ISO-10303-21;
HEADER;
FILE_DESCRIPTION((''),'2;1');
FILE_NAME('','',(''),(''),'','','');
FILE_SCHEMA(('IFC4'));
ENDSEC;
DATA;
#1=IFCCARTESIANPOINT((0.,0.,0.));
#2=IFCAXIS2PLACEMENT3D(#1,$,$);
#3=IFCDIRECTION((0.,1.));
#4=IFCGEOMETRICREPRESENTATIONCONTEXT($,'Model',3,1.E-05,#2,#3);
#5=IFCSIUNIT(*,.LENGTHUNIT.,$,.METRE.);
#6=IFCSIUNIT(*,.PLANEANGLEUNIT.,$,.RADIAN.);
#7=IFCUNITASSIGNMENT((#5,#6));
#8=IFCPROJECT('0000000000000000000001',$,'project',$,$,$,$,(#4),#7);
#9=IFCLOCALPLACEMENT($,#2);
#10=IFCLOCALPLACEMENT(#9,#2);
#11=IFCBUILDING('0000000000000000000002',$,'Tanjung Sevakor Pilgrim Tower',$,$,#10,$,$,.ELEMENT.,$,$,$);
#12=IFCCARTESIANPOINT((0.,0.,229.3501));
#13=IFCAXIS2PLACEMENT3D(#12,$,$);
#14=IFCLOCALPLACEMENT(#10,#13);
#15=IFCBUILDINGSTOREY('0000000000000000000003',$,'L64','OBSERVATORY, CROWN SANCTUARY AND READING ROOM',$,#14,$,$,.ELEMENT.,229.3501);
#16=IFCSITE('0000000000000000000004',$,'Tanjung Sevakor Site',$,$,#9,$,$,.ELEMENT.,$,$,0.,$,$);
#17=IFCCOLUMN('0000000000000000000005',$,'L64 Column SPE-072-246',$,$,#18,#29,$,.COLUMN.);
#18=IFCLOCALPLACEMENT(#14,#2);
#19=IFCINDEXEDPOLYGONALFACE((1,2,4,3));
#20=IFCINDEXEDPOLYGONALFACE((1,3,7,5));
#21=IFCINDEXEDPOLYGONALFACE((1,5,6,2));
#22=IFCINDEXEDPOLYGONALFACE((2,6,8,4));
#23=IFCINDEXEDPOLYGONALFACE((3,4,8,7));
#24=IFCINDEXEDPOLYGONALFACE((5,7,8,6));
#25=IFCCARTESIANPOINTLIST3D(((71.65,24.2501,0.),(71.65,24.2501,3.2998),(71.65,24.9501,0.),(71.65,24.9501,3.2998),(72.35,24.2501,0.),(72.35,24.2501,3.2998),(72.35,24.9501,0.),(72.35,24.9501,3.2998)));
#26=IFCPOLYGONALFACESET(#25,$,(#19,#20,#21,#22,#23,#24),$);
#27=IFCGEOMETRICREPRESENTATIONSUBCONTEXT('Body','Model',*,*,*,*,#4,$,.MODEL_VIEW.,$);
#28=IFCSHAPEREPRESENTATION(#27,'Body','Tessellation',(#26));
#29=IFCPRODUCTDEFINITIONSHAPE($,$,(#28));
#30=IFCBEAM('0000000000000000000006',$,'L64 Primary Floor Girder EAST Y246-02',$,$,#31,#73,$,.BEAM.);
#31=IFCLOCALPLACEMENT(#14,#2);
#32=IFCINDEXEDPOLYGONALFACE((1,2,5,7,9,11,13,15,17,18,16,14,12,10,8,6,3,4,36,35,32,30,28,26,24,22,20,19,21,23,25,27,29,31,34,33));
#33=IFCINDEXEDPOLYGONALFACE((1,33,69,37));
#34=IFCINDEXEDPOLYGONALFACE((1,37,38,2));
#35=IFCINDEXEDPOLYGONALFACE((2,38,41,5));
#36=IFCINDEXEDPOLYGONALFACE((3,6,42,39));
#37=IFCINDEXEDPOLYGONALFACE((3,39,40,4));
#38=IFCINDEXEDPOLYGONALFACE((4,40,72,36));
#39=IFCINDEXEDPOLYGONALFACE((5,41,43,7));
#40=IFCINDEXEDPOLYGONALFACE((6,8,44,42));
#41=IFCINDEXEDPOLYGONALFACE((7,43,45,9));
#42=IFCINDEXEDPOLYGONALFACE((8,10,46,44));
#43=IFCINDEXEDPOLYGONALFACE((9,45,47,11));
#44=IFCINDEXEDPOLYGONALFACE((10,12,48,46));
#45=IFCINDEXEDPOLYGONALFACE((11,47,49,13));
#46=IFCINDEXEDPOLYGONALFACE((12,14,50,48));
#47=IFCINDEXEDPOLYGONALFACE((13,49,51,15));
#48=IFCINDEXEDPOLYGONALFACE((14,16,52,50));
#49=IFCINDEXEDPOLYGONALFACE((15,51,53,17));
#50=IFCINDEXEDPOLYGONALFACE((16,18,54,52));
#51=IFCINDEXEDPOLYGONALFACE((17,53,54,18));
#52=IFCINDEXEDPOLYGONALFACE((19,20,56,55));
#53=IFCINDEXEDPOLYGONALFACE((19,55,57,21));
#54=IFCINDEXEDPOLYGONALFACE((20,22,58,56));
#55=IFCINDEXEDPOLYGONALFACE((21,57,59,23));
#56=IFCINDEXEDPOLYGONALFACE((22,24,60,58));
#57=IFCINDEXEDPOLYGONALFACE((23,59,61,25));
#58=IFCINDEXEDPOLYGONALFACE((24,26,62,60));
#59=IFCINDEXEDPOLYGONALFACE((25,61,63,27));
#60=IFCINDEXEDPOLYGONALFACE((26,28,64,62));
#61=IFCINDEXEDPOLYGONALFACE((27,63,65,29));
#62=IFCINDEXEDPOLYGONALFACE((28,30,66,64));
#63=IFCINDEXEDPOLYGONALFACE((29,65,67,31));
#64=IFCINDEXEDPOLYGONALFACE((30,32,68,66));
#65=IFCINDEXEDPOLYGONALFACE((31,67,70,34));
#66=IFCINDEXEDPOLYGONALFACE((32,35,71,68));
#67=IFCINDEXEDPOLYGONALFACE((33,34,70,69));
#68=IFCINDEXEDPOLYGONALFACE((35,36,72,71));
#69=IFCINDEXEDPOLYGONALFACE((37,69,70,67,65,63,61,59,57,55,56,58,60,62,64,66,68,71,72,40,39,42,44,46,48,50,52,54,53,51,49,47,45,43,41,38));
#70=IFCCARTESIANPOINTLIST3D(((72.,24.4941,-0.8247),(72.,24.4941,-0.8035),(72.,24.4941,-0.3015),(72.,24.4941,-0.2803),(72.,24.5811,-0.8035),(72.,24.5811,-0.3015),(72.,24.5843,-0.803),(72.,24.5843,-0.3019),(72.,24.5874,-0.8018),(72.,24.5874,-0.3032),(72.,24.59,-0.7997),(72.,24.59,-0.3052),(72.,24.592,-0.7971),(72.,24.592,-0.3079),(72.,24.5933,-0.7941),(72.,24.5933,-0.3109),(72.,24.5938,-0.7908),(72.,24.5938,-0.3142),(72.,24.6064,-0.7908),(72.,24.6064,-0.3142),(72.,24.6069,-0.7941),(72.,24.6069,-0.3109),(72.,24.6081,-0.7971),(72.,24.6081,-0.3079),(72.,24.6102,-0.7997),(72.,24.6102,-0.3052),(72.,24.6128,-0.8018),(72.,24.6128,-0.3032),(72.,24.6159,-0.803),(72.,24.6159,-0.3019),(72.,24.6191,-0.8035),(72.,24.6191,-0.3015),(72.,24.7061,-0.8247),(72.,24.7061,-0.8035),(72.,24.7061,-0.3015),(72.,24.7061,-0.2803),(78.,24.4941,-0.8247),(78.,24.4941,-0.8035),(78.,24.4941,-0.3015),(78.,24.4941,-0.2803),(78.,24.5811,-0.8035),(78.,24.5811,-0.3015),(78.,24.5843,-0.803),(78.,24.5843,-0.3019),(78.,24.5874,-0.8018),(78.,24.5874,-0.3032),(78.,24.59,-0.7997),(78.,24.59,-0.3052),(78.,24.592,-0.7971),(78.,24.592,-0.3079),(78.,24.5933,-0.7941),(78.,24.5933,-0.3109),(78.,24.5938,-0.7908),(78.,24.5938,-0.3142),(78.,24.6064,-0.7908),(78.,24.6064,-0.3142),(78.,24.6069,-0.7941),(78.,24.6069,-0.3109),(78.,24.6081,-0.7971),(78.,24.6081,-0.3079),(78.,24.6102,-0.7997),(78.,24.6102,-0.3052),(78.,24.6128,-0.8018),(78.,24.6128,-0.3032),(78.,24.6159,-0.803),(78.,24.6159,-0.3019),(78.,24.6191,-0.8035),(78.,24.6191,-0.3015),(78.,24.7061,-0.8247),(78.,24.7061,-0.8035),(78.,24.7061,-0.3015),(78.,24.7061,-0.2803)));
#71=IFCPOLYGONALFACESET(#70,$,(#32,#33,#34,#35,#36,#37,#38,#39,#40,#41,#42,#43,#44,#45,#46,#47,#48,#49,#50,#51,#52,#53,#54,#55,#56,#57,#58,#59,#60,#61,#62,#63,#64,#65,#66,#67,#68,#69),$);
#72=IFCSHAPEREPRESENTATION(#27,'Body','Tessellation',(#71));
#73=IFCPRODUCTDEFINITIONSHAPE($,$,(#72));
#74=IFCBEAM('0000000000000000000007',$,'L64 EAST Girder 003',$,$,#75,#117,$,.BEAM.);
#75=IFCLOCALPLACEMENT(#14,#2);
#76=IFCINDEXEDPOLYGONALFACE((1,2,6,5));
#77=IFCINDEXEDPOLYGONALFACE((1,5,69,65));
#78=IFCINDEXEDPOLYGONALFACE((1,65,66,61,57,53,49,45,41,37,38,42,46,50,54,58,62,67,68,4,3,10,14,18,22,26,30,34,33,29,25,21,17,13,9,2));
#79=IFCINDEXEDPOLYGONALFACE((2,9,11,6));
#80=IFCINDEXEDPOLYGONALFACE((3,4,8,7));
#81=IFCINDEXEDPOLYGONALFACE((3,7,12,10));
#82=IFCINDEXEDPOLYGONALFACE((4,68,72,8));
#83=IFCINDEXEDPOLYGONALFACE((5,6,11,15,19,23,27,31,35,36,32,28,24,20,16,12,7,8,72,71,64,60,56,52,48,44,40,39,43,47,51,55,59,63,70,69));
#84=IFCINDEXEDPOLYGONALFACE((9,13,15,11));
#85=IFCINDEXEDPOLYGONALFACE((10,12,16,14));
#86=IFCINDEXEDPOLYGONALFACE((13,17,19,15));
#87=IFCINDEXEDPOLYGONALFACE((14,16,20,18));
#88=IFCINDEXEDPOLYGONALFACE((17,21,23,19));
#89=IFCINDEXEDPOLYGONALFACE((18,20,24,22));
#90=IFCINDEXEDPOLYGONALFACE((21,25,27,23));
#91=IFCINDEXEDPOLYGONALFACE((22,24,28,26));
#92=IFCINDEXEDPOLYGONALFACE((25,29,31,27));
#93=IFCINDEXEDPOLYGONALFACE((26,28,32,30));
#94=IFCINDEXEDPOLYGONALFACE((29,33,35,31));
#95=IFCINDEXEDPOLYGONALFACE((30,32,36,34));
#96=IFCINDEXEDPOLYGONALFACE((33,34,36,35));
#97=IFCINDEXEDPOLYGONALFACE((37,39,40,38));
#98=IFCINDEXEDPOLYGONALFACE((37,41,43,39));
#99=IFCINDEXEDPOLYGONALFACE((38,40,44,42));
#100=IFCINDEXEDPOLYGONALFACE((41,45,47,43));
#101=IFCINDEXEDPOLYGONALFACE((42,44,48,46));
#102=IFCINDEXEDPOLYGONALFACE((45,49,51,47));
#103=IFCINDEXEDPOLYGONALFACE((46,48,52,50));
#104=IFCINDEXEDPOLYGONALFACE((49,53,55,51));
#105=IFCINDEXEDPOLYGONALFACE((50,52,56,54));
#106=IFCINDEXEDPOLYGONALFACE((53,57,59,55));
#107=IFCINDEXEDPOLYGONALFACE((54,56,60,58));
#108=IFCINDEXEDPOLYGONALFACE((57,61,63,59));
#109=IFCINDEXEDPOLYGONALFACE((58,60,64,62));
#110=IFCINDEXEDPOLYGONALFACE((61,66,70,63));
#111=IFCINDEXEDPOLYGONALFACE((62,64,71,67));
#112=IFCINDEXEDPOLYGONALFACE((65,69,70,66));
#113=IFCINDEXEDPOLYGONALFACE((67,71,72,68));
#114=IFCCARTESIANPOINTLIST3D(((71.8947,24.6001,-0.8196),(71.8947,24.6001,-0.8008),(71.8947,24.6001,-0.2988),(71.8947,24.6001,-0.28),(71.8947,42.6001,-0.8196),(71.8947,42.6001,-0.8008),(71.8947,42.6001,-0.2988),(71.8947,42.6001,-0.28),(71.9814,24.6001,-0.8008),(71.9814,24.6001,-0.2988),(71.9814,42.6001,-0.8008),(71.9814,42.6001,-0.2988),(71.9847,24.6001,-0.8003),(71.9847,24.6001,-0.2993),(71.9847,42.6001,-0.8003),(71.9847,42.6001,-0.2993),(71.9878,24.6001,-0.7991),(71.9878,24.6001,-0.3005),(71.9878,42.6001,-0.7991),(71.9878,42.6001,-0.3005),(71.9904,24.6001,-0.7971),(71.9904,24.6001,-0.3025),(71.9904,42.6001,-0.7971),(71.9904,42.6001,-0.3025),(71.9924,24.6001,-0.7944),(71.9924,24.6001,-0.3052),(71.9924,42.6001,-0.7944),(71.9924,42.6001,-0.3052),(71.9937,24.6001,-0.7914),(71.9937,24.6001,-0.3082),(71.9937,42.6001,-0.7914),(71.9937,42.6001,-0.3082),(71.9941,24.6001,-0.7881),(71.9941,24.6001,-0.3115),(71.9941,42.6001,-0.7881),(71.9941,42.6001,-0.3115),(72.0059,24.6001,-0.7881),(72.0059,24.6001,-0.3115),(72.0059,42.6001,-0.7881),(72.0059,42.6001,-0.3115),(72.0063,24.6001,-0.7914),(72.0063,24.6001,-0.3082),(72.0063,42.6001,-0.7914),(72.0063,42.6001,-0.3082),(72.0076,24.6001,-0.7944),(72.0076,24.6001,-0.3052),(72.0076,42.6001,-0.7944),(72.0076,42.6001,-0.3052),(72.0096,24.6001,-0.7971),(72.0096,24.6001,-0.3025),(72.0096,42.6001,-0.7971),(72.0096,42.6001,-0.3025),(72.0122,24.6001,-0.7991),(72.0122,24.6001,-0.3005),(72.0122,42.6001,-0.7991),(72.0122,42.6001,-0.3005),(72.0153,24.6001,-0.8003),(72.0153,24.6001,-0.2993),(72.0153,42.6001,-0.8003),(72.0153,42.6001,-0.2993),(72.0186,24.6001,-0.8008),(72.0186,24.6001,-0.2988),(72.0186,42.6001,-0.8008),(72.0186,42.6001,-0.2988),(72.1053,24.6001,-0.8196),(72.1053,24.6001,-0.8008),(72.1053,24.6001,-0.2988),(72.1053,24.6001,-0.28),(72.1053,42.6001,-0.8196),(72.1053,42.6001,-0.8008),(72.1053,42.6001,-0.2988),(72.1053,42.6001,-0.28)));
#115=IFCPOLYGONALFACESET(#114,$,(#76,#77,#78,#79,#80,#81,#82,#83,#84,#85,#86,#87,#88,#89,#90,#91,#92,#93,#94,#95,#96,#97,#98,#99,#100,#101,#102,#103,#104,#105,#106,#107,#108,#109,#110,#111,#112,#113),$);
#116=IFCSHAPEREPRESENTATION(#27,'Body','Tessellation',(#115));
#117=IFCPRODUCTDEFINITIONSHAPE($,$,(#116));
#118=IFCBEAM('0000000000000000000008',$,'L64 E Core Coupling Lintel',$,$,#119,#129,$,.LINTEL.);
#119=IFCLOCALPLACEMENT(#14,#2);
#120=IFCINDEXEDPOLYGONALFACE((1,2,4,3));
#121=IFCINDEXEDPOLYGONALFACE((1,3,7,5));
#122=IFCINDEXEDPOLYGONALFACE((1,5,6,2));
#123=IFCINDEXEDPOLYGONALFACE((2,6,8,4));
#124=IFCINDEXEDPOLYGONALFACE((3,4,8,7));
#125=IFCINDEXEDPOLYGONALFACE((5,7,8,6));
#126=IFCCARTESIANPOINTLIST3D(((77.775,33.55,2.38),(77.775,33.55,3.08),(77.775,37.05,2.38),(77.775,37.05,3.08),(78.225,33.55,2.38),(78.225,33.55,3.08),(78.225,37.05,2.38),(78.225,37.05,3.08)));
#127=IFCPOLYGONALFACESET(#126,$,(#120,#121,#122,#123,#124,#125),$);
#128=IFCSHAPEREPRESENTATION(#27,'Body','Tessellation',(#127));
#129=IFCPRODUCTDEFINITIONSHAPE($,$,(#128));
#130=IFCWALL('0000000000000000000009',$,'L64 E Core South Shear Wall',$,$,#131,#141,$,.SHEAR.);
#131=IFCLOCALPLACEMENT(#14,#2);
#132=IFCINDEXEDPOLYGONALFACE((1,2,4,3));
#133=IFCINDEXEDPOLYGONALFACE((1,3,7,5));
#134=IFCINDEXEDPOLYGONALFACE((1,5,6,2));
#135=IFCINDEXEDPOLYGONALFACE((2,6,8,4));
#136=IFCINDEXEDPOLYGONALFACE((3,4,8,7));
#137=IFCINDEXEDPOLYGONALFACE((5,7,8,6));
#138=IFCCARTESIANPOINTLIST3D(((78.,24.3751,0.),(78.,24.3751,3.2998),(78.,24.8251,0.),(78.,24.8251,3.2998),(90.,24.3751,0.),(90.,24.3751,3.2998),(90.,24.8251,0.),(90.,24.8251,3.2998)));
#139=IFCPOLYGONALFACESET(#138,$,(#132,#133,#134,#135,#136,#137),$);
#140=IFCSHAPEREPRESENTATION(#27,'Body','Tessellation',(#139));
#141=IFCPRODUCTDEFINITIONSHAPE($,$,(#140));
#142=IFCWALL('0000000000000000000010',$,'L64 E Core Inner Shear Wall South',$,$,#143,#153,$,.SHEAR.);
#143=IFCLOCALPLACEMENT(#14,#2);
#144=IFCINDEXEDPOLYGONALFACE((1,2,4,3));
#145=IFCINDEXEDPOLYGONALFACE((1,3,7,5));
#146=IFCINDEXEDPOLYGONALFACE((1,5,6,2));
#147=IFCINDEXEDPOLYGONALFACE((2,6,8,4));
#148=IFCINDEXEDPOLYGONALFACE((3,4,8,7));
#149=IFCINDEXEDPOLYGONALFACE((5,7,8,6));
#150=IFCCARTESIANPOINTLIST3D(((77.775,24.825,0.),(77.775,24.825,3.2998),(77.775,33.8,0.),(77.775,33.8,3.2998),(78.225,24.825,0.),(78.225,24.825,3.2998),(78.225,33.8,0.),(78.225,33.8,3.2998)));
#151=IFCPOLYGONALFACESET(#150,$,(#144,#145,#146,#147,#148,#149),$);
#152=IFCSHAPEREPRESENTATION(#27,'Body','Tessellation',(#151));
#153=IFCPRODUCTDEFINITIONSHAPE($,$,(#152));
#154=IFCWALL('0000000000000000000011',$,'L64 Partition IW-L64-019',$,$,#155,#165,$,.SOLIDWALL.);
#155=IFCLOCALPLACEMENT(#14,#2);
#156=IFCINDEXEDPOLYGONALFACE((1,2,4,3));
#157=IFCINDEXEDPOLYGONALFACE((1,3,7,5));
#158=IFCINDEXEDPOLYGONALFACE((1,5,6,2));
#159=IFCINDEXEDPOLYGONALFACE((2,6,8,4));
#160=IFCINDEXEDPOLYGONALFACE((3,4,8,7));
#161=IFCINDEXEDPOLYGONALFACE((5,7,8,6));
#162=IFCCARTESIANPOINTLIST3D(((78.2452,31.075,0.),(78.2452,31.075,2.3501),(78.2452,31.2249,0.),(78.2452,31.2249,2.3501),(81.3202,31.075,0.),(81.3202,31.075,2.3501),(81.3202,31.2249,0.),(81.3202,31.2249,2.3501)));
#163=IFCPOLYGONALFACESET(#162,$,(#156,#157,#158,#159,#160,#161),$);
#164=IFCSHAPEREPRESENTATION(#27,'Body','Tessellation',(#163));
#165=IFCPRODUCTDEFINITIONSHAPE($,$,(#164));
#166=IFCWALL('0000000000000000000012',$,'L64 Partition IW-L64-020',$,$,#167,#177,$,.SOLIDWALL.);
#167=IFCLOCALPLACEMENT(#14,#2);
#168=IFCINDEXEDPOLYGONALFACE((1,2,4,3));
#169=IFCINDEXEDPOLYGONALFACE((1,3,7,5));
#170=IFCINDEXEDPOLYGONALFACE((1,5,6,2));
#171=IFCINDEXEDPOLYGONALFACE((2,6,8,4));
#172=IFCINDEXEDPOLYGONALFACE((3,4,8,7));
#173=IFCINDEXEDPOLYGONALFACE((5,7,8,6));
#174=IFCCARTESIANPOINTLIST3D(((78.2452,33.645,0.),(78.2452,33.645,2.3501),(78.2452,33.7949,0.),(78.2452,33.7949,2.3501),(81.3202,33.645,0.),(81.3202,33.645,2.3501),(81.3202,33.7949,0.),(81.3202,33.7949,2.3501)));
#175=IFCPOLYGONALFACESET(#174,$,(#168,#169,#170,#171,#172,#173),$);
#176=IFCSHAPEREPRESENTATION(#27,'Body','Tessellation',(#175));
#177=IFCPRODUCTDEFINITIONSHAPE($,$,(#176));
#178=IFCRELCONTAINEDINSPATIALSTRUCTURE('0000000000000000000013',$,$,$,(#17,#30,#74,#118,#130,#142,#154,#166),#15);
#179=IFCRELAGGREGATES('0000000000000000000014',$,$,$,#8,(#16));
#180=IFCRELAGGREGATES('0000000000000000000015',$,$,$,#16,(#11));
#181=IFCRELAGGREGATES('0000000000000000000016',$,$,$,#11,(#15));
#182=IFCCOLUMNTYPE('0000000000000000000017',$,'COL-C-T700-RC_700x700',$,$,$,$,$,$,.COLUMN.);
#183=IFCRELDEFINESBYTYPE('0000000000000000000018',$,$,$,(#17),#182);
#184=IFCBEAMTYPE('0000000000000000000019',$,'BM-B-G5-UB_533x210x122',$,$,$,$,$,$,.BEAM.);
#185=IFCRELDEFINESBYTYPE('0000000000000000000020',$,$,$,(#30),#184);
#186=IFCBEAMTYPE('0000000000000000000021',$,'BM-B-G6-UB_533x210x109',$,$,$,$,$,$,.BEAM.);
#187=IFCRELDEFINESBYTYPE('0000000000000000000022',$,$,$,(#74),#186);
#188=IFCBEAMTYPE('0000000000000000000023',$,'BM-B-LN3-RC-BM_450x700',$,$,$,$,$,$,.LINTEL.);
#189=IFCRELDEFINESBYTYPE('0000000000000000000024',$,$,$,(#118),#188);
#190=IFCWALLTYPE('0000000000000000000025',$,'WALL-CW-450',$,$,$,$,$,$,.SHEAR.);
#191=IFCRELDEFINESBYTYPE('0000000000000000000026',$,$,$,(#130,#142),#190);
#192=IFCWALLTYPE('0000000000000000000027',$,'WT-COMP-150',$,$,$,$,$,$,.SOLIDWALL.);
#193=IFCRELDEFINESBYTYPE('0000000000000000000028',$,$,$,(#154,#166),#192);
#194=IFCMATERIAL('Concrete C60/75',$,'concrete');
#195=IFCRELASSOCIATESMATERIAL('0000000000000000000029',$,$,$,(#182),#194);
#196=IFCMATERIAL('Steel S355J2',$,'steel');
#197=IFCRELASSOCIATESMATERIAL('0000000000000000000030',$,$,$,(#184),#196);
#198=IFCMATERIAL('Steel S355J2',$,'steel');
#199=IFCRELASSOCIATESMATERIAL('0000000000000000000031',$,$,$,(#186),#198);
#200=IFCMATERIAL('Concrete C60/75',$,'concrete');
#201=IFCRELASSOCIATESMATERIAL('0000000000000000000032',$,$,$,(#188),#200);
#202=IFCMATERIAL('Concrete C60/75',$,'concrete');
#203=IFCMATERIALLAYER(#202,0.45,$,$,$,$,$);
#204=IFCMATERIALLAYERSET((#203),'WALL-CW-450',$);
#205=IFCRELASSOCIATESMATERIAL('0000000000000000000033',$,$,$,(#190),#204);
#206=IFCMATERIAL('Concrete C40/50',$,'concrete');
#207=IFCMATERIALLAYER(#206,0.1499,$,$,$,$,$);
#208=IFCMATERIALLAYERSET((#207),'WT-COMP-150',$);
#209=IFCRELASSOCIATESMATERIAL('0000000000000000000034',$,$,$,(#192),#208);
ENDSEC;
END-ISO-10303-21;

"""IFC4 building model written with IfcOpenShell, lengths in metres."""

from ifc_helpers import new_model, si_unit, direction, frame, frame_2d, origin, origin_2d, place, context, subcontext, project, spatial, rectangle, i_section, extrude, material, layer, layer_set, material_profile, profile_set, type_object, element, save


model = new_model("IFC4")

# Units and contexts
model_context = context("Model", 3, precision=1e-05, world=origin(), true_north=direction((0.0, 1.0)))
body_context = subcontext(model_context, "Body", "Model", "MODEL_VIEW")
ifc_project = project(units=[si_unit("LENGTHUNIT", "METRE"), si_unit("PLANEANGLEUNIT", "RADIAN")], contexts=[model_context])

# Site, building, storey
site_placement = place(None, origin())
site = spatial("IfcSite", under=ifc_project, at=site_placement, Name="Tanjung Sevakor Site", CompositionType="ELEMENT", RefElevation=0.0)
building_placement = place(site_placement, origin())
building = spatial("IfcBuilding", under=site, at=building_placement, Name="Tanjung Sevakor Pilgrim Tower", CompositionType="ELEMENT")
storey_placement = place(building_placement, frame((0.0, 0.0, 229.3501)))
storey = spatial("IfcBuildingStorey", under=building, at=storey_placement, Name="L64", Description="OBSERVATORY, CROWN SANCTUARY AND READING ROOM", CompositionType="ELEMENT", Elevation=229.3501)

# Column
ifc_material_1 = material(Name="Concrete C60/75", Category="concrete")
ifc_material_profile_1 = material_profile(ifc_material_1, rectangle(XDim=0.7, YDim=0.7, at=origin_2d()))
ifc_profile_set_1 = profile_set([ifc_material_profile_1], Name="Concrete C60/75")
column_type = type_object("IfcColumnType", Name="COL-C-T700-RC_700x700", PredefinedType="COLUMN", material=ifc_profile_set_1)
column_placement = place(storey_placement, frame((72.0, 24.6001, 0.0), z_axis=(0.0, 0.0, 1.0), x_axis=(1.0, 0.0, 0.0)))
element("IfcColumn", 1, at=column_placement, inside=storey, type_object=column_type, Name="L64 Column SPE-072-246", PredefinedType="COLUMN", context=body_context, shape_type="SweptSolid", body=[
    extrude(rectangle(XDim=0.7, YDim=0.7, at=origin_2d()), origin(), (0.0, 0.0, 1.0), 3.2998),
])

# Beams
ifc_material_2 = material(Name="Steel S355J2", Category="steel")
ifc_material_profile_2 = material_profile(ifc_material_2, i_section(OverallWidth=0.2119, OverallDepth=0.5444, WebThickness=0.0127, FlangeThickness=0.0212, FilletRadius=0.0127, at=origin_2d()))
ifc_profile_set_2 = profile_set([ifc_material_profile_2], Name="Steel S355J2")
beam_type_1 = type_object("IfcBeamType", Name="BM-B-G5-UB_533x210x122", PredefinedType="BEAM", material=ifc_profile_set_2)
beam_1_placement = place(storey_placement, frame((72.0, 24.6001, -0.5525), z_axis=(1.0, 0.0, 0.0), x_axis=(0.0, 1.0, 0.0)))
element("IfcBeam", 2, at=beam_1_placement, inside=storey, type_object=beam_type_1, Name="L64 Primary Floor Girder EAST Y246-02", PredefinedType="BEAM", context=body_context, shape_type="SweptSolid", body=[
    extrude(i_section(OverallWidth=0.2119, OverallDepth=0.5444, WebThickness=0.0127, FlangeThickness=0.0212, FilletRadius=0.0127, at=origin_2d()), origin(), (0.0, 0.0, 1.0), 6.0),
])
ifc_material_3 = material(Name="Steel S355J2", Category="steel")
ifc_material_profile_3 = material_profile(ifc_material_3, i_section(OverallWidth=0.2107, OverallDepth=0.5396, WebThickness=0.0117, FlangeThickness=0.0188, FilletRadius=0.0127, at=origin_2d()))
ifc_profile_set_3 = profile_set([ifc_material_profile_3], Name="Steel S355J2")
beam_type_2 = type_object("IfcBeamType", Name="BM-B-G6-UB_533x210x109", PredefinedType="BEAM", material=ifc_profile_set_3)
beam_2_placement = place(storey_placement, frame((72.0, 24.6001, -0.5498), z_axis=(0.0, 1.0, 0.0), x_axis=(-1.0, 0.0, 0.0)))
element("IfcBeam", 3, at=beam_2_placement, inside=storey, type_object=beam_type_2, Name="L64 EAST Girder 003", PredefinedType="BEAM", context=body_context, shape_type="SweptSolid", body=[
    extrude(i_section(OverallWidth=0.2107, OverallDepth=0.5396, WebThickness=0.0117, FlangeThickness=0.0188, FilletRadius=0.0127, at=origin_2d()), origin(), (0.0, 0.0, 1.0), 18.0),
])
ifc_material_4 = material(Name="Concrete C60/75", Category="concrete")
ifc_material_profile_4 = material_profile(ifc_material_4, rectangle(XDim=0.45, YDim=0.7, at=origin_2d()))
ifc_profile_set_4 = profile_set([ifc_material_profile_4], Name="Concrete C60/75")
beam_type_3 = type_object("IfcBeamType", Name="BM-B-LN3-RC-BM_450x700", PredefinedType="LINTEL", material=ifc_profile_set_4)
beam_3_placement = place(storey_placement, frame((78.0, 33.55, 2.73), z_axis=(0.0, 1.0, 0.0), x_axis=(-1.0, 0.0, 0.0)))
element("IfcBeam", 4, at=beam_3_placement, inside=storey, type_object=beam_type_3, Name="L64 E Core Coupling Lintel", PredefinedType="LINTEL", context=body_context, shape_type="SweptSolid", body=[
    extrude(rectangle(XDim=0.45, YDim=0.7, at=origin_2d()), origin(), (0.0, 0.0, 1.0), 3.5),
])

# Walls
ifc_material_5 = material(Name="Concrete C60/75", Category="concrete")
ifc_layer_1 = layer(ifc_material_5, 0.45)
ifc_layer_set_1 = layer_set([ifc_layer_1], Name="WALL-CW-450")
wall_type_1 = type_object("IfcWallType", Name="WALL-CW-450", PredefinedType="SHEAR", material=ifc_layer_set_1)
wall_1_placement = place(storey_placement, frame((78.0, 24.6001, 0.0), z_axis=(0.0, 0.0, 1.0), x_axis=(1.0, 0.0, 0.0)))
element("IfcWall", 5, at=wall_1_placement, inside=storey, type_object=wall_type_1, Name="L64 E Core South Shear Wall", PredefinedType="SHEAR", context=body_context, shape_type="SweptSolid", body=[
    extrude(rectangle(XDim=12.0, YDim=0.45, at=frame_2d((6.0, 0.0))), origin(), (0.0, 0.0, 1.0), 3.2998),
])
wall_2_placement = place(storey_placement, frame((78.0, 24.825, 0.0), z_axis=(0.0, 0.0, 1.0), x_axis=(0.0, 1.0, 0.0)))
element("IfcWall", 6, at=wall_2_placement, inside=storey, type_object=wall_type_1, Name="L64 E Core Inner Shear Wall South", PredefinedType="SHEAR", context=body_context, shape_type="SweptSolid", body=[
    extrude(rectangle(XDim=8.9751, YDim=0.45, at=frame_2d((4.4875, 0.0))), origin(), (0.0, 0.0, 1.0), 3.2998),
])
ifc_material_6 = material(Name="Concrete C40/50", Category="concrete")
ifc_layer_2 = layer(ifc_material_6, 0.1499)
ifc_layer_set_2 = layer_set([ifc_layer_2], Name="WT-COMP-150")
wall_type_2 = type_object("IfcWallType", Name="WT-COMP-150", PredefinedType="SOLIDWALL", material=ifc_layer_set_2)

# Walls
for number, where, z_axis, x_axis, name in (
    (7, (78.2451, 31.1499, 0.0), (0.0, 0.0, 1.0), (1.0, 0.0, 0.0), "L64 Partition IW-L64-019"),
    (8, (78.2451, 33.72, 0.0), (0.0, 0.0, 1.0), (1.0, 0.0, 0.0), "L64 Partition IW-L64-020"),
):
    element("IfcWall", number, at=place(storey_placement, frame(where, z_axis=z_axis, x_axis=x_axis)), inside=storey, type_object=wall_type_2, Name=name, PredefinedType="SOLIDWALL", context=body_context, shape_type="SweptSolid", body=[
        extrude(rectangle(XDim=3.075, YDim=0.1499, at=frame_2d((1.5376, 0.0))), origin(), (0.0, 0.0, 1.0), 2.3501),
    ])

save(model, "model.ifc")
